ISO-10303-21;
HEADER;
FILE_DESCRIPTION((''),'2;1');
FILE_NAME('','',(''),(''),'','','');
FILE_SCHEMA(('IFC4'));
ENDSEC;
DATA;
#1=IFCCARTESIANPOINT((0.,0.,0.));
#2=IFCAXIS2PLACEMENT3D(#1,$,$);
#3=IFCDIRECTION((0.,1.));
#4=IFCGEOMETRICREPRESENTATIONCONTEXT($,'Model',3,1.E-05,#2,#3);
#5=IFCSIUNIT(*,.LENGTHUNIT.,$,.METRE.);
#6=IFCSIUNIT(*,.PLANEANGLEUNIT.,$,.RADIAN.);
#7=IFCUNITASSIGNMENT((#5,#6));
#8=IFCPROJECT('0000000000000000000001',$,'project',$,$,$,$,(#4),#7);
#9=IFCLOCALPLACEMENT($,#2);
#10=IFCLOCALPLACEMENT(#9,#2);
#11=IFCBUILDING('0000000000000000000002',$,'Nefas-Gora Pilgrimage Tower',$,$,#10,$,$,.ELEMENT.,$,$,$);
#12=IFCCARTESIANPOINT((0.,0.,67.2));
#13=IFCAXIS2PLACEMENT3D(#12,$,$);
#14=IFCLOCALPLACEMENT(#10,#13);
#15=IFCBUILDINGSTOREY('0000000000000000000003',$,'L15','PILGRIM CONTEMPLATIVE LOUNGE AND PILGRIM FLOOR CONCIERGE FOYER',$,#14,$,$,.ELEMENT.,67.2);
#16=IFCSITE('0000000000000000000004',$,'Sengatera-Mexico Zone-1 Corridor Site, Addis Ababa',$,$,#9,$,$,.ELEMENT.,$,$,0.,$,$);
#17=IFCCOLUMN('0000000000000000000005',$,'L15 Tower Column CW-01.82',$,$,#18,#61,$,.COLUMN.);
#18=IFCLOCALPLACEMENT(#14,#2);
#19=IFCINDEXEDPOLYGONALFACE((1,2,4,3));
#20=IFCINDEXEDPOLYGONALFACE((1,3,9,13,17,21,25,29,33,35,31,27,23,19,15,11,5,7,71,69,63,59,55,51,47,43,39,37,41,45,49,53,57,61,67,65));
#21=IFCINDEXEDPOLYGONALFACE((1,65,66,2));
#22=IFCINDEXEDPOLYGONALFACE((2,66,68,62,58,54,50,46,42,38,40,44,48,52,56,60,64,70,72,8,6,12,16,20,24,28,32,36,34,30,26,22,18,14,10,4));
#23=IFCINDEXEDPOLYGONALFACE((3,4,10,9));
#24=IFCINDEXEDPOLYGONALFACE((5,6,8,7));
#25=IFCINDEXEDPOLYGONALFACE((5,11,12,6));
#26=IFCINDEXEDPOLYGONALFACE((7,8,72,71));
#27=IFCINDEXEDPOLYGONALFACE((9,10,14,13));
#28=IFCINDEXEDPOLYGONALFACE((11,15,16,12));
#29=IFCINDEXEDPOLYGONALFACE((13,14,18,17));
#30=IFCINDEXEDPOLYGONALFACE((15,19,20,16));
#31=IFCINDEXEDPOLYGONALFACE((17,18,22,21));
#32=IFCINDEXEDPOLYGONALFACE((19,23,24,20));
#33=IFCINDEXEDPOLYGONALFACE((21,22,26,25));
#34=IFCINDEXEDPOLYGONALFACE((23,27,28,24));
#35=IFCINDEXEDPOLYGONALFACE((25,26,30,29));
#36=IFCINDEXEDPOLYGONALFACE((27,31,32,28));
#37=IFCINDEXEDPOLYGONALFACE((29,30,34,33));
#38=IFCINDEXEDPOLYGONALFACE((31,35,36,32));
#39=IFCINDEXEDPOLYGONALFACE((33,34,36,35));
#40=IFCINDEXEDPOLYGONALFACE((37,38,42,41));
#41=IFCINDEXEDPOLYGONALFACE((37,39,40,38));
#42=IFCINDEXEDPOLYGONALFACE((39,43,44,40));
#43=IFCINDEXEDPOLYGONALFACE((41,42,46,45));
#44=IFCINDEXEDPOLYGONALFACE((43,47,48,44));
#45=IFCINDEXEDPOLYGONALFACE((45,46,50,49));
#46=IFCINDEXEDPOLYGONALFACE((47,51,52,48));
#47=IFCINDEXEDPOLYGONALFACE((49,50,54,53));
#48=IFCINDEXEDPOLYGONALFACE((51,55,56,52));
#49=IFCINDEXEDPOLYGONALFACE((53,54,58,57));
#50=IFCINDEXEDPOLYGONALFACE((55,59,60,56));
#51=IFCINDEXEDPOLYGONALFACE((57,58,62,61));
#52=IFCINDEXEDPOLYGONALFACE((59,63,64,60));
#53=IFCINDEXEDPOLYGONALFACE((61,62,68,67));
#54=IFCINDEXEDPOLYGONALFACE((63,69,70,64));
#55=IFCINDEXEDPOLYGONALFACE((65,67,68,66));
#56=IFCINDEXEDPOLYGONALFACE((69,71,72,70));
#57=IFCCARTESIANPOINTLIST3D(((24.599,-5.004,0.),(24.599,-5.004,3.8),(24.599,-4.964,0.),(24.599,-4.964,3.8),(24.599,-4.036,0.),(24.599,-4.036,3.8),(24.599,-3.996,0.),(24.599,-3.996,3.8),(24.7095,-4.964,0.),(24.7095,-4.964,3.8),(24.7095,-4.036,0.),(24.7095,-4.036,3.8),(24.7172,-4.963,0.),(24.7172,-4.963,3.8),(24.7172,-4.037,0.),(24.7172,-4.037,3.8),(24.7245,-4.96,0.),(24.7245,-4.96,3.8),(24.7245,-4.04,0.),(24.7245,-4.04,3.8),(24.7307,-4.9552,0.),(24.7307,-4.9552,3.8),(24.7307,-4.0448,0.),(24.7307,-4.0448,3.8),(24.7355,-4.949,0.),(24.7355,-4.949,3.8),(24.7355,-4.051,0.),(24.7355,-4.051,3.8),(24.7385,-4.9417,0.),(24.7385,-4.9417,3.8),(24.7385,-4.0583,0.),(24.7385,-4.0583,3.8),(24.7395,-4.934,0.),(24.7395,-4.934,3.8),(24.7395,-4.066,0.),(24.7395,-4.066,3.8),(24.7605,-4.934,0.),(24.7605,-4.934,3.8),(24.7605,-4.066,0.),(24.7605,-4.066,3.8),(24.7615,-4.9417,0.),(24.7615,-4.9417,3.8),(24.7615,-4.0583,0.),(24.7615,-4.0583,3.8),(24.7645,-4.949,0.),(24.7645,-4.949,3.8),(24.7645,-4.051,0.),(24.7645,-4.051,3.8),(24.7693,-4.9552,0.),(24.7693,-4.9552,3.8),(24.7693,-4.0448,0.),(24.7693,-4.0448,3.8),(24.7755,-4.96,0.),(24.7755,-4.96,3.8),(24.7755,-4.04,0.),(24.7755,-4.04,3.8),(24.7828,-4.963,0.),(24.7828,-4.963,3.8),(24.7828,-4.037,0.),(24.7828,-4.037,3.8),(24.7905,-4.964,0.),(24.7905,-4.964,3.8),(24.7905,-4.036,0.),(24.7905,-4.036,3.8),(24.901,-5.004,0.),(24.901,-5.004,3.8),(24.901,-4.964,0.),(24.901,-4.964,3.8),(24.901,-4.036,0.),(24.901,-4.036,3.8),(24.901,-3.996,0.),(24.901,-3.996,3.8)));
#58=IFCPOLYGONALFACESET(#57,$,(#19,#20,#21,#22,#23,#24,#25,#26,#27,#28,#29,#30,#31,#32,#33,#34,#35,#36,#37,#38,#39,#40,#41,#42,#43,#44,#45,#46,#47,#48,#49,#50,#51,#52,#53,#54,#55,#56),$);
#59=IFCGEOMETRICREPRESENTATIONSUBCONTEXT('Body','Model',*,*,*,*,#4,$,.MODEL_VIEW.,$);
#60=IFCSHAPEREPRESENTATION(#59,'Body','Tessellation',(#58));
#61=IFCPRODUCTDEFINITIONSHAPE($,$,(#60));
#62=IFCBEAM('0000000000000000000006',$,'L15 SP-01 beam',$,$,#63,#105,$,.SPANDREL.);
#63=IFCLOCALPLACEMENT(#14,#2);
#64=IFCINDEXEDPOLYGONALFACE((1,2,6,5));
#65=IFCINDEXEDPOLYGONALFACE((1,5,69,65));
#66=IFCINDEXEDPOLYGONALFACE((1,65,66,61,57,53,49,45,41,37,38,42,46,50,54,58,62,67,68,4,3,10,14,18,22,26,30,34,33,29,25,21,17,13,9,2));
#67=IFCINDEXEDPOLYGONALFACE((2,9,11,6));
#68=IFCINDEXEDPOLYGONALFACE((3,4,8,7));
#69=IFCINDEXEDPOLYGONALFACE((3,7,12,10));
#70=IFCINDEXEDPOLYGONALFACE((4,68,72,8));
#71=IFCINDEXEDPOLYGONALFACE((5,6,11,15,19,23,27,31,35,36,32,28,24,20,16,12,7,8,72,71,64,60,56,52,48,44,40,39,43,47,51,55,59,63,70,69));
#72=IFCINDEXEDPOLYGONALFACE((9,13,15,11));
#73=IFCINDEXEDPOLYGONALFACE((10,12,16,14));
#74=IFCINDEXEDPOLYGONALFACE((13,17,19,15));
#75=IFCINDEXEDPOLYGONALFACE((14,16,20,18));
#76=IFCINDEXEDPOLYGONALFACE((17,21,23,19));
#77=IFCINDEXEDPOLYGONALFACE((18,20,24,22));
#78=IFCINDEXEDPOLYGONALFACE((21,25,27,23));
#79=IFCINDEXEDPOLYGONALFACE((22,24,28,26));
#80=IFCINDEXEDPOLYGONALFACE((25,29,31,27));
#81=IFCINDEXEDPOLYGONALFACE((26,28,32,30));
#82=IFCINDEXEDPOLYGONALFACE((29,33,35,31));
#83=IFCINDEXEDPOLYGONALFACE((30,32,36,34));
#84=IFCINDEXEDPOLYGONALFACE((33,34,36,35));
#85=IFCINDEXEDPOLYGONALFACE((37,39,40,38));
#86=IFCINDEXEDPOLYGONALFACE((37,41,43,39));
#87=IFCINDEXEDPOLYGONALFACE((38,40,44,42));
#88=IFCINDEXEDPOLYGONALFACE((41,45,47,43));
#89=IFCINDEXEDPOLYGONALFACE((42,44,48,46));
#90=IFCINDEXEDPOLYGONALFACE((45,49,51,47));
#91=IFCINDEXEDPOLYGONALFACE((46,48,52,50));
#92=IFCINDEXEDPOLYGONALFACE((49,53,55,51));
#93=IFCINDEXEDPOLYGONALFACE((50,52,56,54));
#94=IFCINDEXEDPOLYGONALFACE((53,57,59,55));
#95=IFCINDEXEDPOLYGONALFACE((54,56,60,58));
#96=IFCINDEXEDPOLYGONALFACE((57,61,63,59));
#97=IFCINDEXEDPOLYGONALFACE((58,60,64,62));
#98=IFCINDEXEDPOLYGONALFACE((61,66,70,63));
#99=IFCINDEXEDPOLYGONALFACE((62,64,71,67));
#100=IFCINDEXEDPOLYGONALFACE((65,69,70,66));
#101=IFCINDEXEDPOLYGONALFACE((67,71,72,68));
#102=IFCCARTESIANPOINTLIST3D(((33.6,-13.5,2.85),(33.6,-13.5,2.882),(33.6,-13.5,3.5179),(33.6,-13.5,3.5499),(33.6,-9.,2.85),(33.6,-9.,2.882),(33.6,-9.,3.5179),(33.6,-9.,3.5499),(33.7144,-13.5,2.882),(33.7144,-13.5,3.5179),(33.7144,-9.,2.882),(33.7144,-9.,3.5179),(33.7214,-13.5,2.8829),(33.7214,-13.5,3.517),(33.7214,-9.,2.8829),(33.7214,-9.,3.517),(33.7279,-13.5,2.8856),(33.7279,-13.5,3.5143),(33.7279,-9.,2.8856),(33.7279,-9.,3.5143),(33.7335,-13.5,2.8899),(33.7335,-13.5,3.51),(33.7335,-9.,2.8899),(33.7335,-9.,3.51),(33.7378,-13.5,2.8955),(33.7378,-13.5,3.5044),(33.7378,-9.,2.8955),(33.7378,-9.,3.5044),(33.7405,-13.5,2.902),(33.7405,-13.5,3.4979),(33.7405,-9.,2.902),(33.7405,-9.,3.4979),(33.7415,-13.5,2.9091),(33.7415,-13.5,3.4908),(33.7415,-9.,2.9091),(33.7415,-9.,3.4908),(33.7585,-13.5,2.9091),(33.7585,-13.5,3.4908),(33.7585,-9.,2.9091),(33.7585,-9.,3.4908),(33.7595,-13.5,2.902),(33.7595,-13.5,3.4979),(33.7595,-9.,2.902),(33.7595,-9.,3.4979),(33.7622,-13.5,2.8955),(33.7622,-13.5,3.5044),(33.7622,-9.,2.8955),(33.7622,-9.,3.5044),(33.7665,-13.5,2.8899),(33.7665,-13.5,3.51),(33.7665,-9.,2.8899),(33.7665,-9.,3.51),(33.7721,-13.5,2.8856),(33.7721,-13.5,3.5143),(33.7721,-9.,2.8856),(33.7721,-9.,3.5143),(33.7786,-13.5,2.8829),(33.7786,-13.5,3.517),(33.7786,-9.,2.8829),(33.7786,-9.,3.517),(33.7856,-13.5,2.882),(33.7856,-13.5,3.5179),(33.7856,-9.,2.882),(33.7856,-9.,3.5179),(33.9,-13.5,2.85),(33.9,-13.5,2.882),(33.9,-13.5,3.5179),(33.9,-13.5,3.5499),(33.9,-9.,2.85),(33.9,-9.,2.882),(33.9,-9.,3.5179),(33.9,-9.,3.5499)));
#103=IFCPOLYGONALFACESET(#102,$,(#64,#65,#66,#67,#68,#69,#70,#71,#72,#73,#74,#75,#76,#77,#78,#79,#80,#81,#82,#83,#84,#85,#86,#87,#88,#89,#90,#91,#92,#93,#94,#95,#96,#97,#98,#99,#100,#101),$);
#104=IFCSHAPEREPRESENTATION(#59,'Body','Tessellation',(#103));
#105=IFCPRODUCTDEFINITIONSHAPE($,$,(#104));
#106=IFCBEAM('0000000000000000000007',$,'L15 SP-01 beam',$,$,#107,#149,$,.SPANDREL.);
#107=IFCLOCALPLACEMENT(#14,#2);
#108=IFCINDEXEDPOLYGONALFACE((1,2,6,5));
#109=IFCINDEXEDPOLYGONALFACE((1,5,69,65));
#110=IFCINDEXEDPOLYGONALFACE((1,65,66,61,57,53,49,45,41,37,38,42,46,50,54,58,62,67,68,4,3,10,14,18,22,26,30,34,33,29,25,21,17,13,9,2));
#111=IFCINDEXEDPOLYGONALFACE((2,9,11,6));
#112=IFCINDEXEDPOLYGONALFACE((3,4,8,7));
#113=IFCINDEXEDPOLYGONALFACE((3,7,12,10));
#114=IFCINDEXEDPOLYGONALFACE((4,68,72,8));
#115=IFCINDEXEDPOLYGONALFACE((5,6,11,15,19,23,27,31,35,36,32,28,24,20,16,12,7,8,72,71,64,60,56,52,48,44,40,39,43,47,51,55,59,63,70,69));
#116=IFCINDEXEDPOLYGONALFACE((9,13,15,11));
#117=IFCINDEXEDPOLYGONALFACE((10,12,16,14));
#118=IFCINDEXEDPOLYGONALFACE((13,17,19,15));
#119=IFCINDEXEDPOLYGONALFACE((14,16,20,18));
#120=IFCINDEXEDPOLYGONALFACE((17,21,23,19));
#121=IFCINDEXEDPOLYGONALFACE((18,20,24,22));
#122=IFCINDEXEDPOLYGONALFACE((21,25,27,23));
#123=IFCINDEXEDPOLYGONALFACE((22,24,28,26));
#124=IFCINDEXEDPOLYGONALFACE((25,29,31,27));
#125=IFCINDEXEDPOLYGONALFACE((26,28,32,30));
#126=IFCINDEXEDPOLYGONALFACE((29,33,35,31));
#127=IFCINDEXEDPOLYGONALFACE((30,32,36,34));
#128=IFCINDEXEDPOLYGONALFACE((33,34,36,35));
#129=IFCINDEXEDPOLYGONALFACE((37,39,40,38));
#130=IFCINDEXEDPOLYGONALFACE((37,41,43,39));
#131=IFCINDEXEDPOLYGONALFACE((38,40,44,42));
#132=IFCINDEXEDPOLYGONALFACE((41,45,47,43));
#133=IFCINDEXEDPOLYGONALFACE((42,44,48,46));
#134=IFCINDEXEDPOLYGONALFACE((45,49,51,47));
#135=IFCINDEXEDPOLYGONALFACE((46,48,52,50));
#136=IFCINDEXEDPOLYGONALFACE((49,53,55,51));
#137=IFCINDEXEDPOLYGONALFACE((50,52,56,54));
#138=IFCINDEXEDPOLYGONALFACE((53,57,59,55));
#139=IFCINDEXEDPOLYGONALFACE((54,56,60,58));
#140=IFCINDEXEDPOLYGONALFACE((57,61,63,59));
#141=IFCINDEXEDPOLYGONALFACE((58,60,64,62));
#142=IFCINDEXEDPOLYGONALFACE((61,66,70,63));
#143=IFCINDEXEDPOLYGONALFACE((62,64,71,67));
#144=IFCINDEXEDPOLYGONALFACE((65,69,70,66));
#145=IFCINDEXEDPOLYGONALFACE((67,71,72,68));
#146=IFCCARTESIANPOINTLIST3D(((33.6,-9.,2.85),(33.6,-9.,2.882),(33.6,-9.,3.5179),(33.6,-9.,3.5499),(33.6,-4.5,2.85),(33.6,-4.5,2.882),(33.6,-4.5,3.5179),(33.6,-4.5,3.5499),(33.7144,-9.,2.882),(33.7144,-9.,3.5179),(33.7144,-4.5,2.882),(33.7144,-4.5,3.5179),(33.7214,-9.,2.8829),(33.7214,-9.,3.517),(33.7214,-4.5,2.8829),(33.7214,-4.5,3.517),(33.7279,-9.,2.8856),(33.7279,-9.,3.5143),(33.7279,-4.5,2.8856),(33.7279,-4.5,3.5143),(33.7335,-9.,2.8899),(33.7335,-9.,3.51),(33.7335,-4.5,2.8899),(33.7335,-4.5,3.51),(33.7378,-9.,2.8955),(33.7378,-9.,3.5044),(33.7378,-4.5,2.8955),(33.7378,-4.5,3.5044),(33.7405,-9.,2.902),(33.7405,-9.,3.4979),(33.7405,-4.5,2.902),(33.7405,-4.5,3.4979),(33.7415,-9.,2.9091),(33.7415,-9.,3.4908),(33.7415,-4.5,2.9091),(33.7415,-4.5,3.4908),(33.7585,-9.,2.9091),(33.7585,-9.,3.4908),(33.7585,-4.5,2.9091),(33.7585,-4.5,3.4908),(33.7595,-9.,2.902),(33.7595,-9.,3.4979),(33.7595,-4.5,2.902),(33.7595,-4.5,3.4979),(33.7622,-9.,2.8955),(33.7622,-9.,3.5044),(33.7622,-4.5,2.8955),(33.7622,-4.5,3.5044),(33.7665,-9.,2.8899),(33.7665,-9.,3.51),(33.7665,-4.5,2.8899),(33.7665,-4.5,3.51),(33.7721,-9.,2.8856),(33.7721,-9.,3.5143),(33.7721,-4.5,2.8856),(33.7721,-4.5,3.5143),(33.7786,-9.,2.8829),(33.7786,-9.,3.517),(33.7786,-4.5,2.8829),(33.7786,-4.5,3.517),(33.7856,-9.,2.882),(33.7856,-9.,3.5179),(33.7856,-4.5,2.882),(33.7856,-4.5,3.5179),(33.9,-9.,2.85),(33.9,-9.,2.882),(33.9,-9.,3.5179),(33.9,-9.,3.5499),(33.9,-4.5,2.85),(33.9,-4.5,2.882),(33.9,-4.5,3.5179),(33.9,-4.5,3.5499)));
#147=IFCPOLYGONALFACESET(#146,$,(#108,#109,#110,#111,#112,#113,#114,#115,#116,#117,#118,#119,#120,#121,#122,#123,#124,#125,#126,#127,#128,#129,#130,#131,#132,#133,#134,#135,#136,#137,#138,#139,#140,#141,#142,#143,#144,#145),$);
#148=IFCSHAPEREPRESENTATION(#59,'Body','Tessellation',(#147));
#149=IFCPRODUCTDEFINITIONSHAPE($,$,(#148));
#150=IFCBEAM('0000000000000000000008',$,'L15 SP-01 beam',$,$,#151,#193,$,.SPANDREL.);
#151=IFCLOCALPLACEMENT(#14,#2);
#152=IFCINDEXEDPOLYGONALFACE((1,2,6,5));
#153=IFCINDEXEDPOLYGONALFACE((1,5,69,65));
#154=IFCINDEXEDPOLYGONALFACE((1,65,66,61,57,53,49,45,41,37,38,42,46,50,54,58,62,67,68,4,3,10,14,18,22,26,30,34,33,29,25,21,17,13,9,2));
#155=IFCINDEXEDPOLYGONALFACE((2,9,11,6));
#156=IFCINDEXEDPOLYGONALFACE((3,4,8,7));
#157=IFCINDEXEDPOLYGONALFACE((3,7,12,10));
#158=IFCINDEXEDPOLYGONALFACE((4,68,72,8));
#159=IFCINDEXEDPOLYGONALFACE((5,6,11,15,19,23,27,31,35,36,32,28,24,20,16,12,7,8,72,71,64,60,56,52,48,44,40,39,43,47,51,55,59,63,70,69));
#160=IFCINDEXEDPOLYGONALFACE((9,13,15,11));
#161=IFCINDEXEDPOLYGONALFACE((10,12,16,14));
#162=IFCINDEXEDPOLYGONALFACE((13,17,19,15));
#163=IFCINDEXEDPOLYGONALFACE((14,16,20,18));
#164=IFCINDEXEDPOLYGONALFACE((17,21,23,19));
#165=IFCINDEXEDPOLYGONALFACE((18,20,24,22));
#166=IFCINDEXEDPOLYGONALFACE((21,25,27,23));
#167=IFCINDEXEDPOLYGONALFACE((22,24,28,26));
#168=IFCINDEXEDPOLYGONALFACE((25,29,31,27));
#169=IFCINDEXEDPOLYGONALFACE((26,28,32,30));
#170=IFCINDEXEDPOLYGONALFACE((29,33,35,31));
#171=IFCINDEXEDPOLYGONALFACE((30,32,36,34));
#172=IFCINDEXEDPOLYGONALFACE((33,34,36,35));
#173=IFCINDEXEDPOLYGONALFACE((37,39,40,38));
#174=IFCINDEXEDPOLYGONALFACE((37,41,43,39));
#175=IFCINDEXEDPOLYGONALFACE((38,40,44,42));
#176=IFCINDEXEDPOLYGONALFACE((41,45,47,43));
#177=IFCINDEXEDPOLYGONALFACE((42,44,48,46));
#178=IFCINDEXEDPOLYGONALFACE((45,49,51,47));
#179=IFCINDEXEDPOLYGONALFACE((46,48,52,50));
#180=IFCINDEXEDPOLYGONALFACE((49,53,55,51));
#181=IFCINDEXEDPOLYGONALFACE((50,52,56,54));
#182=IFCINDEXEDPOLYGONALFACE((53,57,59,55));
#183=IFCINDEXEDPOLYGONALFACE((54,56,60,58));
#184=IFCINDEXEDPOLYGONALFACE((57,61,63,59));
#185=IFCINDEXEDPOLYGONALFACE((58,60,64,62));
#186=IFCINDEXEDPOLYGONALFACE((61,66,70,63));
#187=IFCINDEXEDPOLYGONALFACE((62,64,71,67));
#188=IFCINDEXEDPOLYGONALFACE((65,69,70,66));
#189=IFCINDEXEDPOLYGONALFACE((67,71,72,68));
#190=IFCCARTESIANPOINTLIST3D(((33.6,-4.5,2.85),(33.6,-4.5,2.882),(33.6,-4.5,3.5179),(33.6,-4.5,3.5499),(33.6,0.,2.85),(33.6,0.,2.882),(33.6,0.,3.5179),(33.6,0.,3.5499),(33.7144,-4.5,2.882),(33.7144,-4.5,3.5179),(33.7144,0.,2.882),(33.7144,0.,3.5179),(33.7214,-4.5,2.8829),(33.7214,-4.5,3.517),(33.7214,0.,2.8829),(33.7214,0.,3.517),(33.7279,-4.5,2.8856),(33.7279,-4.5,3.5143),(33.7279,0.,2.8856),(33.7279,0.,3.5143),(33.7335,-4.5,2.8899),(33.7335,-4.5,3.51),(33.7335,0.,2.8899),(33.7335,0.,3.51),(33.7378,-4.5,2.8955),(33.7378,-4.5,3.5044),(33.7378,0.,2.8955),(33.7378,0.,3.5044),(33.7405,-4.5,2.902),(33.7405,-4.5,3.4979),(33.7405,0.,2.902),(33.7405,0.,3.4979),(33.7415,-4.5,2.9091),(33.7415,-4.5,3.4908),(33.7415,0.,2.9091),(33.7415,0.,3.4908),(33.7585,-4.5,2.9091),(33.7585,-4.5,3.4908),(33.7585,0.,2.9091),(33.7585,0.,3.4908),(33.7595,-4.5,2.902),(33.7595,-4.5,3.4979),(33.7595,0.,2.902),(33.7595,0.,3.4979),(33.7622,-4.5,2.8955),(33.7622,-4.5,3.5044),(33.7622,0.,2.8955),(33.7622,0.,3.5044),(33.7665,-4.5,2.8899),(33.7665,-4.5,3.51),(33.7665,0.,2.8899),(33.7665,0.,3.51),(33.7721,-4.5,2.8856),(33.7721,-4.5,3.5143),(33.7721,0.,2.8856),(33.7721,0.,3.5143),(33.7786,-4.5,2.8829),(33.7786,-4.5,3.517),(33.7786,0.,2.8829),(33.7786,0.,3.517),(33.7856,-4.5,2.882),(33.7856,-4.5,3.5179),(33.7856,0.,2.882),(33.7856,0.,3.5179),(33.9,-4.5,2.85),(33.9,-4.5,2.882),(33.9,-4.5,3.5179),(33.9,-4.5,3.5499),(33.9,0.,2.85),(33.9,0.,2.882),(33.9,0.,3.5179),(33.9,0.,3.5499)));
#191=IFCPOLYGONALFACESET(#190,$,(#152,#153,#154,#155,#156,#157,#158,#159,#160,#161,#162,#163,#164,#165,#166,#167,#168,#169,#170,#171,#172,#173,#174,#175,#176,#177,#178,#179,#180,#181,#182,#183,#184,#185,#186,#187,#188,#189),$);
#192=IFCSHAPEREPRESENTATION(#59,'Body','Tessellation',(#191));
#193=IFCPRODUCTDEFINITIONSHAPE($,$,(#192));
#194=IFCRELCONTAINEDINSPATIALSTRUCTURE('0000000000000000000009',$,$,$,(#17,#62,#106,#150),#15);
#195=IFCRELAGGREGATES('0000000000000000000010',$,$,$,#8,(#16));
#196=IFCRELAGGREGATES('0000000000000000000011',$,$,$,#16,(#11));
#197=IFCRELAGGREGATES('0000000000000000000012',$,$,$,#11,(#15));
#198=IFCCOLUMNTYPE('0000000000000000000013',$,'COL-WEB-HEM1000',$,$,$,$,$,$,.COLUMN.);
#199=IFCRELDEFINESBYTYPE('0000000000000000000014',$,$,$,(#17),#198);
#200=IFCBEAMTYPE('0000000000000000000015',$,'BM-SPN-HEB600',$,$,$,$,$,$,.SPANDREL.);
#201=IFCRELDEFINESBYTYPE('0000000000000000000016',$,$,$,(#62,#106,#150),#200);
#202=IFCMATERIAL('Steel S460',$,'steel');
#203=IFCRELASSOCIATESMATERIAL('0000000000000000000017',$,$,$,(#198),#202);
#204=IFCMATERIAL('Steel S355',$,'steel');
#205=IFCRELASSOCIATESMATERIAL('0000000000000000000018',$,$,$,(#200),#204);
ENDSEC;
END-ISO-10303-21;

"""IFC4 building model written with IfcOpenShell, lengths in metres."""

from ifc_helpers import new_model, si_unit, direction, frame, origin, origin_2d, place, context, subcontext, project, spatial, i_section, extrude, source, transform, mapped, material, material_profile, profile_set, type_object, element, save


model = new_model("IFC4")

# Units and contexts
model_context = context("Model", 3, precision=1e-05, world=origin(), true_north=direction((0.0, 1.0)))
body_context = subcontext(model_context, "Body", "Model", "MODEL_VIEW")
ifc_project = project(units=[si_unit("LENGTHUNIT", "METRE"), si_unit("PLANEANGLEUNIT", "RADIAN")], contexts=[model_context])

# Site, building, storey
site_placement = place(None, origin())
site = spatial("IfcSite", under=ifc_project, at=site_placement, Name="Sengatera-Mexico Zone-1 Corridor Site, Addis Ababa", CompositionType="ELEMENT", RefElevation=0.0)
building_placement = place(site_placement, origin())
building = spatial("IfcBuilding", under=site, at=building_placement, Name="Nefas-Gora Pilgrimage Tower", CompositionType="ELEMENT")
storey_placement = place(building_placement, frame((0.0, 0.0, 67.2)))
storey = spatial("IfcBuildingStorey", under=building, at=storey_placement, Name="L15", Description="PILGRIM CONTEMPLATIVE LOUNGE AND PILGRIM FLOOR CONCIERGE FOYER", CompositionType="ELEMENT", Elevation=67.2)

# Column
ifc_material_1 = material(Name="Steel S460", Category="steel")
ifc_material_profile_1 = material_profile(ifc_material_1, i_section(OverallWidth=0.302, OverallDepth=1.0081, WebThickness=0.021, FlangeThickness=0.04, FilletRadius=0.03, at=origin_2d()), Name="HEM 1000")
ifc_profile_set_1 = profile_set([ifc_material_profile_1], Name="Steel S460")
column_type_1 = type_object("IfcColumnType", Name="COL-WEB-HEM1000", PredefinedType="COLUMN", material=ifc_profile_set_1)
shared_shape_1 = source(origin(), body_context, "Body", "SweptSolid", [
    extrude(i_section(OverallWidth=0.302, OverallDepth=1.0081, WebThickness=0.021, FlangeThickness=0.04, FilletRadius=0.03, at=origin_2d()), origin(), (0.0, 0.0, 1.0), 3.8),
])
for number, where, z_axis, x_axis, name in (
    (1, (24.75, -4.5, 0.0), (0.0, 0.0, 1.0), (1.0, 0.0, 0.0), "L15 Tower Column CW-01.82"),
):
    element("IfcColumn", number, at=place(storey_placement, frame(where, z_axis=z_axis, x_axis=x_axis)), inside=storey, type_object=column_type_1, Name=name, PredefinedType="COLUMN", context=body_context, shape_type="MappedRepresentation", body=[
        mapped(shared_shape_1, transform((0.0, 0.0, 0.0), x_axis=(1.0, 0.0, 0.0), y_axis=(0.0, 1.0, 0.0), z_axis=(0.0, 0.0, 1.0), scale=1.0)),
    ])

# Beams
ifc_material_2 = material(Name="Steel S355", Category="steel")
ifc_material_profile_2 = material_profile(ifc_material_2, i_section(OverallWidth=0.3, OverallDepth=0.7, WebThickness=0.0171, FlangeThickness=0.032, FilletRadius=0.0271, at=origin_2d()), Name="HEB 700")
ifc_profile_set_2 = profile_set([ifc_material_profile_2], Name="Steel S355")
beam_type_1 = type_object("IfcBeamType", Name="BM-SPN-HEB600", PredefinedType="SPANDREL", material=ifc_profile_set_2)
shared_shape_2 = source(origin(), body_context, "Body", "SweptSolid", [
    extrude(i_section(OverallWidth=0.3, OverallDepth=0.7, WebThickness=0.0171, FlangeThickness=0.032, FilletRadius=0.0271, at=origin_2d()), origin(), (0.0, 0.0, 1.0), 4.5),
])
for number, where, z_axis, x_axis, name in (
    (2, (33.75, -13.5, 3.2), (0.0, 1.0, 0.0), (-1.0, 0.0, 0.0), "L15 SP-01 beam"),
    (3, (33.75, -9.0, 3.2), (0.0, 1.0, 0.0), (-1.0, 0.0, 0.0), "L15 SP-01 beam"),
    (4, (33.75, -4.5, 3.2), (0.0, 1.0, 0.0), (-1.0, 0.0, 0.0), "L15 SP-01 beam"),
):
    element("IfcBeam", number, at=place(storey_placement, frame(where, z_axis=z_axis, x_axis=x_axis)), inside=storey, type_object=beam_type_1, Name=name, PredefinedType="SPANDREL", context=body_context, shape_type="MappedRepresentation", body=[
        mapped(shared_shape_2, transform((0.0, 0.0, 0.0), x_axis=(1.0, 0.0, 0.0), y_axis=(0.0, 1.0, 0.0), z_axis=(0.0, 0.0, 1.0), scale=1.0)),
    ])

save(model, "model.ifc")
